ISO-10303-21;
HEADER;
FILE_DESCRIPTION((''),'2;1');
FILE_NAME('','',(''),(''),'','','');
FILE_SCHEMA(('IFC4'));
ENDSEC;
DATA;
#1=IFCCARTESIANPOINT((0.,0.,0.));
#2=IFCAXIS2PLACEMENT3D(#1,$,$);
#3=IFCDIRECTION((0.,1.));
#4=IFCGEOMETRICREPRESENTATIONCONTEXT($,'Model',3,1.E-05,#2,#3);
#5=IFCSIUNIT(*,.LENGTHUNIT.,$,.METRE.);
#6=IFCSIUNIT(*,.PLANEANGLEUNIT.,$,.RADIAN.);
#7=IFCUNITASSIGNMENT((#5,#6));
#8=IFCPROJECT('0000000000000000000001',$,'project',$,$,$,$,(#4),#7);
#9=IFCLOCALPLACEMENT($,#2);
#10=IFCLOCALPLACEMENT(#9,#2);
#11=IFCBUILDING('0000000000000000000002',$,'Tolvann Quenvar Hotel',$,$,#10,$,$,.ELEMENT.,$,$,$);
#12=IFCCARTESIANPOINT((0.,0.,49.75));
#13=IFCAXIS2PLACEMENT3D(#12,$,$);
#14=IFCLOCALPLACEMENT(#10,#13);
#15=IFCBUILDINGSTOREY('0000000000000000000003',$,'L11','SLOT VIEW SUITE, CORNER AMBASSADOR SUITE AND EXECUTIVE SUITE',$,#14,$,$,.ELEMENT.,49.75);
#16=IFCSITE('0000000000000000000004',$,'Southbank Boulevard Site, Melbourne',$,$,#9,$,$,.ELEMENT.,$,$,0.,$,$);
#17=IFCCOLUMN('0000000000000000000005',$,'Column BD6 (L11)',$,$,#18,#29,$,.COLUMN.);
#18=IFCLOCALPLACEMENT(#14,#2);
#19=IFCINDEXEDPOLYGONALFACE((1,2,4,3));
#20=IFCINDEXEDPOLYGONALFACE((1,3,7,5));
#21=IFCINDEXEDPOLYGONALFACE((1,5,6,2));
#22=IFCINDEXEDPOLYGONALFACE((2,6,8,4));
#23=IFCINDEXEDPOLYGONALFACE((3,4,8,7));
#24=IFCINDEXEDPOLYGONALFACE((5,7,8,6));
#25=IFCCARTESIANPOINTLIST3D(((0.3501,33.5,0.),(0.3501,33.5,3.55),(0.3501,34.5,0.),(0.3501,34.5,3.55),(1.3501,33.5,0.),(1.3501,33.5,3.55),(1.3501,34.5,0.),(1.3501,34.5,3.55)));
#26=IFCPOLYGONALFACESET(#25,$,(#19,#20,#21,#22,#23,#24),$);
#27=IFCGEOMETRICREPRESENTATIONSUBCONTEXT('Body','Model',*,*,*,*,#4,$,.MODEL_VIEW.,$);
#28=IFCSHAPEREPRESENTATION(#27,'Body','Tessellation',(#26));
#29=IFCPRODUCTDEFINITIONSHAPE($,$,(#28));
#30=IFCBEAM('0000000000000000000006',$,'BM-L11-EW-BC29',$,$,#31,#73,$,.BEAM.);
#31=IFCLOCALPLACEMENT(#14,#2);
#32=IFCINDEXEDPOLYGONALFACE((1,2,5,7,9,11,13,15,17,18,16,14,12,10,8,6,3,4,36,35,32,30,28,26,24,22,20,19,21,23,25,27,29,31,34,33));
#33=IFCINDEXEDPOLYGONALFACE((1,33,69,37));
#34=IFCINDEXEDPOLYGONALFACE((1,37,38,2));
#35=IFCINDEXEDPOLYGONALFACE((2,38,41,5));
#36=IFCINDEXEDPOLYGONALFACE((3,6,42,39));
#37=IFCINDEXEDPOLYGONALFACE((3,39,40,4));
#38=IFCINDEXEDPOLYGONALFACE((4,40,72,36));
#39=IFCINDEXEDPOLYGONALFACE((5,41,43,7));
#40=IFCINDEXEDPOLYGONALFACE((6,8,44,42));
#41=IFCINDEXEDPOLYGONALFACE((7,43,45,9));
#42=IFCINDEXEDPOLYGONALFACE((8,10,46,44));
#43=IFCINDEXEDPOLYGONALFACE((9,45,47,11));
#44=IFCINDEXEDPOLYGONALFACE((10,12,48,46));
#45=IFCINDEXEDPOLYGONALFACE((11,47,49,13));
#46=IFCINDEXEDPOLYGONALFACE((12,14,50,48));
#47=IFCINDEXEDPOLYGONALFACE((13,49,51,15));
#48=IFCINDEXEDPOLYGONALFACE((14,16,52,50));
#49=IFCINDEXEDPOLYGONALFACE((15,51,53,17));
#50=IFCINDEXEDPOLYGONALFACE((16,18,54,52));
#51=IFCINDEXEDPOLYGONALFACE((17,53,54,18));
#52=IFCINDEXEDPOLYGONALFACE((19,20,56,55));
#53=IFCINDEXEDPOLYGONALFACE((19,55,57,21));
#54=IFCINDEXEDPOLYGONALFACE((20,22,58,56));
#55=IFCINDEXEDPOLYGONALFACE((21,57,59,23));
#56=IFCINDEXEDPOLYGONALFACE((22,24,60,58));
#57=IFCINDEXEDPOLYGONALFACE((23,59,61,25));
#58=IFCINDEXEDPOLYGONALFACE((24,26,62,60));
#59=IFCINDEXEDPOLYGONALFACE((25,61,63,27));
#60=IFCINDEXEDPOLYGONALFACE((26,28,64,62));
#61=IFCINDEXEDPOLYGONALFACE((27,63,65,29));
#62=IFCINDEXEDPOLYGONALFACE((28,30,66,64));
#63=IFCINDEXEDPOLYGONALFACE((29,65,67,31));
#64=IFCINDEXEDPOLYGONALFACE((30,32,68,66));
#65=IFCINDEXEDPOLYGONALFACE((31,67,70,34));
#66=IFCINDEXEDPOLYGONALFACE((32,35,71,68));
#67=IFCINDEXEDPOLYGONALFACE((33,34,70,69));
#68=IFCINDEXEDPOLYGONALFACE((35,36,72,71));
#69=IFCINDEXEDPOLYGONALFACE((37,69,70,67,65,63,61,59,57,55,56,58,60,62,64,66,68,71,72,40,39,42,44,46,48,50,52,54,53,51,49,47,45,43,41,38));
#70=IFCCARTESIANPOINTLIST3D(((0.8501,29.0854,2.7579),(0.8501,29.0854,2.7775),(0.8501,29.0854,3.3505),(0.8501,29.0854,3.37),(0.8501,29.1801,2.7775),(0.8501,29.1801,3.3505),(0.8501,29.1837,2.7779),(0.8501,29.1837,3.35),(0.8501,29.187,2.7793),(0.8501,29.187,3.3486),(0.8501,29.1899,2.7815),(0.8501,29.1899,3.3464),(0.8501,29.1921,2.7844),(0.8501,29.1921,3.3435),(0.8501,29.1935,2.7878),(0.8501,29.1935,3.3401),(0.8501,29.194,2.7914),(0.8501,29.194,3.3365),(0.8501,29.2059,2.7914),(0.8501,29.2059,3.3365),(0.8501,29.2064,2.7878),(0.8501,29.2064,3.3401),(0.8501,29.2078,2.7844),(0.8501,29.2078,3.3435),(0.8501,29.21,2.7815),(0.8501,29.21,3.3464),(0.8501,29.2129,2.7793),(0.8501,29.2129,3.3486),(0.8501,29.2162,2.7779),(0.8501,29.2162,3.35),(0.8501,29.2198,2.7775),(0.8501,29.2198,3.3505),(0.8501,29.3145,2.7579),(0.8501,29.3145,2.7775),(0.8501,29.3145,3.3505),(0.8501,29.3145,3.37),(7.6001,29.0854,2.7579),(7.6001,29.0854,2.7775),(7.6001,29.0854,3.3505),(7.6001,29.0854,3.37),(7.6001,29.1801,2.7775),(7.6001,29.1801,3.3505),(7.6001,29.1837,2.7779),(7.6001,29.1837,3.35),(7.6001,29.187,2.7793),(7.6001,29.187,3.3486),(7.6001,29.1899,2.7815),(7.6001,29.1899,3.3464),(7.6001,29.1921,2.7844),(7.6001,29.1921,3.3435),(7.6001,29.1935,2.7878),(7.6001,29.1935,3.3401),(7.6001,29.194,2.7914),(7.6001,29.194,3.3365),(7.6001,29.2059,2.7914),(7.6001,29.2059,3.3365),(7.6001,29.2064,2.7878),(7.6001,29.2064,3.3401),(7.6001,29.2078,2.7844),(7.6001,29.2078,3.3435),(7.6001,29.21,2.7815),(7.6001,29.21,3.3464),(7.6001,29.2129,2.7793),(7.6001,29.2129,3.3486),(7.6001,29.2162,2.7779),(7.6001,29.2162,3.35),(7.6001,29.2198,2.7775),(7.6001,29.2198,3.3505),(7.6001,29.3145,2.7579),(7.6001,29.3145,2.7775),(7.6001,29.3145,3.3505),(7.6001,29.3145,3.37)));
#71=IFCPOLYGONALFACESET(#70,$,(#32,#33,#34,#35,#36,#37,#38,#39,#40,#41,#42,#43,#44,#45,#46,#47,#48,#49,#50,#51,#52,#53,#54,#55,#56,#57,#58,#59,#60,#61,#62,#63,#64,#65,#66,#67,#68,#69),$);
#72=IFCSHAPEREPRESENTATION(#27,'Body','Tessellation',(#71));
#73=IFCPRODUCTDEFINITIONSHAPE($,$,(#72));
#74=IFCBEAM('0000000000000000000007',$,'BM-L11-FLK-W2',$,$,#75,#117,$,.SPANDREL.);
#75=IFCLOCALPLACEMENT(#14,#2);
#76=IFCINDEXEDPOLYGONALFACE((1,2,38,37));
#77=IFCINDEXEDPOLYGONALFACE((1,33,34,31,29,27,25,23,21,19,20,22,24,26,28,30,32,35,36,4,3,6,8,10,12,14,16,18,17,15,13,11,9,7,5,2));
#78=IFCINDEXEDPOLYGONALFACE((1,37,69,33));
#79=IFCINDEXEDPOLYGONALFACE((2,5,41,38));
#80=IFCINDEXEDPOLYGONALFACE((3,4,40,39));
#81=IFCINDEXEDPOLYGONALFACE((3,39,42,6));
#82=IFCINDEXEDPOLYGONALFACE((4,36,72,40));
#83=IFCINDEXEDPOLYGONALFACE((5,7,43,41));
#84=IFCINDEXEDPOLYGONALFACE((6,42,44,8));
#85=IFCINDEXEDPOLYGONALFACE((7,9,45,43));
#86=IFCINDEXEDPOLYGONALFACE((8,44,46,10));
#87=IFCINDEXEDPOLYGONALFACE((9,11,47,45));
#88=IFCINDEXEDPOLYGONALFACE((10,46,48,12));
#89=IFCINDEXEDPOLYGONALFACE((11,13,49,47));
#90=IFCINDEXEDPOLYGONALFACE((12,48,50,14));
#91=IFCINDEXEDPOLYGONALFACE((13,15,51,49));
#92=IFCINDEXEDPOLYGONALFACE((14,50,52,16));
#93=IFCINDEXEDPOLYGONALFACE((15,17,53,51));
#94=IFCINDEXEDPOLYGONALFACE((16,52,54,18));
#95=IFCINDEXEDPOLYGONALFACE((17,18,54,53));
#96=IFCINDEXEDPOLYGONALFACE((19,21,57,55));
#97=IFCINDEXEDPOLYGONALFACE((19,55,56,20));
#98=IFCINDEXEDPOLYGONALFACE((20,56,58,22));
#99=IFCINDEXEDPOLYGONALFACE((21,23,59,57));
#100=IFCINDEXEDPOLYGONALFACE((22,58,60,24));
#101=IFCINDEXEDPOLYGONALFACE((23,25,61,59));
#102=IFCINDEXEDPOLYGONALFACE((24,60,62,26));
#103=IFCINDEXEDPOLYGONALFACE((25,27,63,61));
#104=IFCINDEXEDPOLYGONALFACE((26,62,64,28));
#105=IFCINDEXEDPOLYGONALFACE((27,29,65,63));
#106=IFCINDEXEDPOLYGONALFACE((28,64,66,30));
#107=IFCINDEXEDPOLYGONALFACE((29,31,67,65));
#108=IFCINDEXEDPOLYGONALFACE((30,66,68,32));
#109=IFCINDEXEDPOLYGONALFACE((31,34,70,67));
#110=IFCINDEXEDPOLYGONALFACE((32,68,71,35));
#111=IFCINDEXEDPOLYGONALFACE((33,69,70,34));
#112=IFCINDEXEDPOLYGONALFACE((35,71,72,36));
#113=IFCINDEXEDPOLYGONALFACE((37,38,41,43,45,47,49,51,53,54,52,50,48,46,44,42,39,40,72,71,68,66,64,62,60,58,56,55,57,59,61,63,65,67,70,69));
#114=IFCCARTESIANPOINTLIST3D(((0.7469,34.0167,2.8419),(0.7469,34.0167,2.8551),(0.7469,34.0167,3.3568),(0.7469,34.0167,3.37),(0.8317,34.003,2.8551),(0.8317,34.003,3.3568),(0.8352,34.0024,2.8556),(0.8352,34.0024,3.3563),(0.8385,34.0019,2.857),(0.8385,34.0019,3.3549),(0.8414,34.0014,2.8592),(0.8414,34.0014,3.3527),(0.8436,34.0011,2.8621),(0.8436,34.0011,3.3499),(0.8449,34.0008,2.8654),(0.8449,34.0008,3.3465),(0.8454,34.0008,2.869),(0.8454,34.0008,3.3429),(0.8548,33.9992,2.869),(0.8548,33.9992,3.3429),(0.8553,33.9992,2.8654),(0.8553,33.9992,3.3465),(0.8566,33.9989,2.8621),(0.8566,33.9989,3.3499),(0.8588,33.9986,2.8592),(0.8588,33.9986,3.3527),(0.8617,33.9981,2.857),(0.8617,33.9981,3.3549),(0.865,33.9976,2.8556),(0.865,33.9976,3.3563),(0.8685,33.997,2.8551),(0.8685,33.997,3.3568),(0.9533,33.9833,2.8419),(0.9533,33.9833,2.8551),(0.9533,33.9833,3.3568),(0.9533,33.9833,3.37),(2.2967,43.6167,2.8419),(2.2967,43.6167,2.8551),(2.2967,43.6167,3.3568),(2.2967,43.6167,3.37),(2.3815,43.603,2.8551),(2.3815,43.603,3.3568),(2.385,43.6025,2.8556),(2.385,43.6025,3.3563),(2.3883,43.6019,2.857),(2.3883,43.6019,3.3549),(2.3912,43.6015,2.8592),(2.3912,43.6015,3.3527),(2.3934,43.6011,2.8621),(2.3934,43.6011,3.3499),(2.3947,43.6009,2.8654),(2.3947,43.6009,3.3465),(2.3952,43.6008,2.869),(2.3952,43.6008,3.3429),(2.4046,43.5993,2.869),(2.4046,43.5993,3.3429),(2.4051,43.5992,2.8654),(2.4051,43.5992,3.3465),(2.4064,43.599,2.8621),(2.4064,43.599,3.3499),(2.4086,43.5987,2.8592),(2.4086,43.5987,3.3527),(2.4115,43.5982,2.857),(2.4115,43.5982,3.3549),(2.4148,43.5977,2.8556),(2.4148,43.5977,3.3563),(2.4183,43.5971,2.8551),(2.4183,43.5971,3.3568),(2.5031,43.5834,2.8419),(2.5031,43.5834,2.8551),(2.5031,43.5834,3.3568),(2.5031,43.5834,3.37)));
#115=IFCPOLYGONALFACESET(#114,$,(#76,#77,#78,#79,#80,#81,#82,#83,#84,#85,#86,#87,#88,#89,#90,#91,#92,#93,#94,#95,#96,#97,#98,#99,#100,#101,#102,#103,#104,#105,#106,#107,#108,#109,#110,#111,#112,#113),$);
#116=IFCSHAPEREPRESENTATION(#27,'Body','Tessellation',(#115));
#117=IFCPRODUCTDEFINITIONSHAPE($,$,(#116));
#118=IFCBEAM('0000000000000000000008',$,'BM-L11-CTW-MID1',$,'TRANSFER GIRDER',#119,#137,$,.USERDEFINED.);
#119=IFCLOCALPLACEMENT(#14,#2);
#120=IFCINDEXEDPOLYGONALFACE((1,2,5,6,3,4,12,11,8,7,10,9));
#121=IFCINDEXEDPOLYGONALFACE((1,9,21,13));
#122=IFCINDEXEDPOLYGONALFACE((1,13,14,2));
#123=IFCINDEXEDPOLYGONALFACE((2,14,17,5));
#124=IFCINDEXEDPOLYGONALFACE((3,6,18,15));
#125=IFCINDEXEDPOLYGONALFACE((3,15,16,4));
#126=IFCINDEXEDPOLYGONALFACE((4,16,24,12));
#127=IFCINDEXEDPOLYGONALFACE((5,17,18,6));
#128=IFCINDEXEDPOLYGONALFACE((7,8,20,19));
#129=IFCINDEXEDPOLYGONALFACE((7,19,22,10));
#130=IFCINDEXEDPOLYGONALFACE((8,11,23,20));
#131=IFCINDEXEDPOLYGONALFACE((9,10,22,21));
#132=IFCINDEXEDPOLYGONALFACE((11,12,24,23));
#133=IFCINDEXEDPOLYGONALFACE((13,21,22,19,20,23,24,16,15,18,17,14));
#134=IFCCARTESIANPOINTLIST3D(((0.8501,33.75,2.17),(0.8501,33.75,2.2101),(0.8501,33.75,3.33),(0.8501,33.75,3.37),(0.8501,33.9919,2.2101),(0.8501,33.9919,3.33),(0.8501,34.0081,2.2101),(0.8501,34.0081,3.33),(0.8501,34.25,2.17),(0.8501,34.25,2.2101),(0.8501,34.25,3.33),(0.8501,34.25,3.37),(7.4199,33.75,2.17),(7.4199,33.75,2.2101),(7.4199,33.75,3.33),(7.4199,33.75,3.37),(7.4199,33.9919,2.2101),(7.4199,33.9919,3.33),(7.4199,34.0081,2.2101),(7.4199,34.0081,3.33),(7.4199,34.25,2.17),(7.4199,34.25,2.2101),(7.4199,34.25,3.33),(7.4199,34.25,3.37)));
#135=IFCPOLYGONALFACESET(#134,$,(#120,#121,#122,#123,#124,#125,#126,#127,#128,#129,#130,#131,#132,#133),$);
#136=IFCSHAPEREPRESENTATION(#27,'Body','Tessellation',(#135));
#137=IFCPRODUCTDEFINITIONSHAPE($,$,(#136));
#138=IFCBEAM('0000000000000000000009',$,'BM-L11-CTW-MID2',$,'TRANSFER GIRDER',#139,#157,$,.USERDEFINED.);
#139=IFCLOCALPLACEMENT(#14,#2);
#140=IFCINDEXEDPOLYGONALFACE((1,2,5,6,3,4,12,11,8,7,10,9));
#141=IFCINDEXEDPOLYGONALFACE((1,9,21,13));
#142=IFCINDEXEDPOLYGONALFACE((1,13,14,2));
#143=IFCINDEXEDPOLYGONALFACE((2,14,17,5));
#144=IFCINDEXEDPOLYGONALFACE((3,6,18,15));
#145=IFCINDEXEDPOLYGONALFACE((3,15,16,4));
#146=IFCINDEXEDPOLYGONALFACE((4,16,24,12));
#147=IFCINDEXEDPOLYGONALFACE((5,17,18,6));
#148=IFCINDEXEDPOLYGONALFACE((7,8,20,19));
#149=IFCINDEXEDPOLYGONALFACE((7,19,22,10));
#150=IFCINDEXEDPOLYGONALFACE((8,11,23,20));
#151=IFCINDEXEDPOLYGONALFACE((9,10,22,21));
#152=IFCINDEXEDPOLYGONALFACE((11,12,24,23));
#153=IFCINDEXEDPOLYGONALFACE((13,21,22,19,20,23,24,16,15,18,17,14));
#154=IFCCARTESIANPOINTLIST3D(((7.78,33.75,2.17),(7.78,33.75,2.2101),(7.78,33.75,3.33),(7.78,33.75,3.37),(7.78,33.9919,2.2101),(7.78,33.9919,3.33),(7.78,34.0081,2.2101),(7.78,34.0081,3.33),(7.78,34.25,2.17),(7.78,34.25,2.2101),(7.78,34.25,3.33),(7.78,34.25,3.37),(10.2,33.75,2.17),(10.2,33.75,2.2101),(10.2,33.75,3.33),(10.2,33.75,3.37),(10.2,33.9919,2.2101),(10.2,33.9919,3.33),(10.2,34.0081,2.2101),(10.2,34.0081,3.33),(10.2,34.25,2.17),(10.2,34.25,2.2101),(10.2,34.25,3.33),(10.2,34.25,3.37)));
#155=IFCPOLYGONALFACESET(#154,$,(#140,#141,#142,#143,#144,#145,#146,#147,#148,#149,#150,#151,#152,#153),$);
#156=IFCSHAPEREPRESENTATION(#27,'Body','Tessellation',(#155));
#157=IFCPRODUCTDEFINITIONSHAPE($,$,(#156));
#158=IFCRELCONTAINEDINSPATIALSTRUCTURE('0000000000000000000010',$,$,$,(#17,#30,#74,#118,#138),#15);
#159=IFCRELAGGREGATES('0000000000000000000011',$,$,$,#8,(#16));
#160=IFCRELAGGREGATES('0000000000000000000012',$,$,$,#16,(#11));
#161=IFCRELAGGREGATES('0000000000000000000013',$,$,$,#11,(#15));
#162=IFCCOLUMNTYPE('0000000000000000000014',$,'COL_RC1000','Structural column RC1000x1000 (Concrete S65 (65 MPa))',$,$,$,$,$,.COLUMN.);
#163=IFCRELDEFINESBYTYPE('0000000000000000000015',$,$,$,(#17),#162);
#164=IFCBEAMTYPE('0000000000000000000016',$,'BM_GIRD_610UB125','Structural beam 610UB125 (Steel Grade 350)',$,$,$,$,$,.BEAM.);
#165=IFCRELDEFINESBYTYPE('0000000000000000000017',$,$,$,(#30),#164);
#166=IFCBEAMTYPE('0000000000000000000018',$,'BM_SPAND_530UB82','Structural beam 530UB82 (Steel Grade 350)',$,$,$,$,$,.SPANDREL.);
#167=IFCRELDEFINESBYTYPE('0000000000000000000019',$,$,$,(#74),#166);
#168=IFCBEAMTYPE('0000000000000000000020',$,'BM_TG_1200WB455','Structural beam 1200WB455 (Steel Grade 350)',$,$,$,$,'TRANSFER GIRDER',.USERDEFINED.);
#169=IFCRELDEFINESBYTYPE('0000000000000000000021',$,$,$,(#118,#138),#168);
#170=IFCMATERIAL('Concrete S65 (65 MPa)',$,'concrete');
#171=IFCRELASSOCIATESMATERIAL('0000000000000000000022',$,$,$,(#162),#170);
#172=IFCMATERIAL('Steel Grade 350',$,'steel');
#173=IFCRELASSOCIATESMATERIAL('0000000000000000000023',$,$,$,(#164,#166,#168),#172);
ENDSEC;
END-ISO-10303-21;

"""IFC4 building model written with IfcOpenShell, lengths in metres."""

from ifc_helpers import new_model, si_unit, direction, frame, origin, origin_2d, place, context, subcontext, project, spatial, rectangle, i_section, extrude, source, transform, mapped, material, material_profile, profile_set, type_object, type_shapes, element, save


model = new_model("IFC4")

# Units and contexts
model_context = context("Model", 3, precision=1e-05, world=origin(), true_north=direction((0.0, 1.0)))
body_context = subcontext(model_context, "Body", "Model", "MODEL_VIEW")
ifc_project = project(units=[si_unit("LENGTHUNIT", "METRE"), si_unit("PLANEANGLEUNIT", "RADIAN")], contexts=[model_context])

# Site, building, storey
site_placement = place(None, origin())
site = spatial("IfcSite", under=ifc_project, at=site_placement, Name="Southbank Boulevard Site, Melbourne", CompositionType="ELEMENT", RefElevation=0.0)
building_placement = place(site_placement, origin())
building = spatial("IfcBuilding", under=site, at=building_placement, Name="Tolvann Quenvar Hotel", CompositionType="ELEMENT")
storey_placement = place(building_placement, frame((0.0, 0.0, 49.75)))
storey = spatial("IfcBuildingStorey", under=building, at=storey_placement, Name="L11", Description="SLOT VIEW SUITE, CORNER AMBASSADOR SUITE AND EXECUTIVE SUITE", CompositionType="ELEMENT", Elevation=49.75)

# Column
ifc_material_1 = material(Name="Concrete S65 (65 MPa)", Category="concrete")
ifc_material_profile_1 = material_profile(ifc_material_1, rectangle(XDim=1.0, YDim=1.0, at=origin_2d()), Name="RC1000x1000")
ifc_profile_set_1 = profile_set([ifc_material_profile_1], Name="Concrete S65 (65 MPa)")
column_type = type_object("IfcColumnType", Name="COL_RC1000", Description="Structural column RC1000x1000 (Concrete S65 (65 MPa))", PredefinedType="COLUMN", material=ifc_profile_set_1)
shared_shape_1 = source(origin(), body_context, "Body", "SweptSolid", [
    extrude(rectangle(XDim=1.0, YDim=1.0, at=origin_2d()), origin(), (0.0, 0.0, 1.0), 3.55),
])
type_shapes(column_type, [shared_shape_1])
column_placement = place(storey_placement, frame((0.8501, 34.0, 0.0), z_axis=(0.0, 0.0, 1.0), x_axis=(1.0, 0.0, 0.0)))
element("IfcColumn", 1, at=column_placement, inside=storey, type_object=column_type, Name="Column BD6 (L11)", PredefinedType="COLUMN", context=body_context, shape_type="MappedRepresentation", body=[
    mapped(shared_shape_1, transform((0.0, 0.0, 0.0), x_axis=(1.0, 0.0, 0.0), y_axis=(0.0, 1.0, 0.0), z_axis=(0.0, 0.0, 1.0), scale=1.0)),
])

# Beams
ifc_material_2 = material(Name="Steel Grade 350", Category="steel")
ifc_material_profile_2 = material_profile(ifc_material_2, i_section(OverallWidth=0.229, OverallDepth=0.6121, WebThickness=0.012, FlangeThickness=0.0195, FilletRadius=0.0139, at=origin_2d()), Name="610UB125")
ifc_profile_set_2 = profile_set([ifc_material_profile_2], Name="Steel Grade 350")
beam_type_1 = type_object("IfcBeamType", Name="BM_GIRD_610UB125", Description="Structural beam 610UB125 (Steel Grade 350)", PredefinedType="BEAM", material=ifc_profile_set_2)
shared_shape_2 = source(origin(), body_context, "Body", "SweptSolid", [
    extrude(i_section(OverallWidth=0.229, OverallDepth=0.6121, WebThickness=0.012, FlangeThickness=0.0195, FilletRadius=0.0139, at=origin_2d()), origin(), (0.0, 0.0, 1.0), 6.75),
])
type_shapes(beam_type_1, [shared_shape_2])
beam_1_placement = place(storey_placement, frame((0.8501, 29.2, 3.064), z_axis=(1.0, 0.0, 0.0), x_axis=(0.0, 1.0, 0.0)))
element("IfcBeam", 2, at=beam_1_placement, inside=storey, type_object=beam_type_1, Name="BM-L11-EW-BC29", PredefinedType="BEAM", context=body_context, shape_type="MappedRepresentation", body=[
    mapped(shared_shape_2, transform((0.0, 0.0, 0.0), x_axis=(1.0, 0.0, 0.0), y_axis=(0.0, 1.0, 0.0), z_axis=(0.0, 0.0, 1.0), scale=1.0)),
])
ifc_material_profile_3 = material_profile(ifc_material_2, i_section(OverallWidth=0.209, OverallDepth=0.5281, WebThickness=0.0095, FlangeThickness=0.0132, FilletRadius=0.0139, at=origin_2d()), Name="530UB82")
ifc_profile_set_3 = profile_set([ifc_material_profile_3], Name="Steel Grade 350")
beam_type_2 = type_object("IfcBeamType", Name="BM_SPAND_530UB82", Description="Structural beam 530UB82 (Steel Grade 350)", PredefinedType="SPANDREL", material=ifc_profile_set_3)
shared_shape_3 = source(origin(), body_context, "Body", "SweptSolid", [
    extrude(i_section(OverallWidth=0.209, OverallDepth=0.5281, WebThickness=0.0095, FlangeThickness=0.0132, FilletRadius=0.0139, at=origin_2d()), origin(), (0.0, 0.0, 1.0), 9.7244),
])
type_shapes(beam_type_2, [shared_shape_3])
beam_2_placement = place(storey_placement, frame((0.8501, 34.0, 3.106), z_axis=(0.159373, 0.987218, 0.0), x_axis=(-0.987218, 0.159373, 0.0)))
element("IfcBeam", 3, at=beam_2_placement, inside=storey, type_object=beam_type_2, Name="BM-L11-FLK-W2", PredefinedType="SPANDREL", context=body_context, shape_type="MappedRepresentation", body=[
    mapped(shared_shape_3, transform((0.0, 0.0, 0.0), x_axis=(1.0, 0.0, 0.0), y_axis=(0.0, 1.0, 0.0), z_axis=(0.0, 0.0, 1.0), scale=1.0)),
])
ifc_material_profile_4 = material_profile(ifc_material_2, i_section(OverallWidth=0.5, OverallDepth=1.2, WebThickness=0.0161, FlangeThickness=0.04, at=origin_2d()), Name="1200WB455")
ifc_profile_set_4 = profile_set([ifc_material_profile_4], Name="Steel Grade 350")
beam_type_3 = type_object("IfcBeamType", Name="BM_TG_1200WB455", Description="Structural beam 1200WB455 (Steel Grade 350)", ElementType="TRANSFER GIRDER", PredefinedType="USERDEFINED", material=ifc_profile_set_4)
shared_shape_4 = source(origin(), body_context, "Body", "SweptSolid", [
    extrude(i_section(OverallWidth=0.5, OverallDepth=1.2, WebThickness=0.0161, FlangeThickness=0.04, at=origin_2d()), origin(), (0.0, 0.0, 1.0), 6.5698),
])
beam_3_placement = place(storey_placement, frame((0.8501, 34.0, 2.77), z_axis=(1.0, 0.0, 0.0), x_axis=(0.0, 1.0, 0.0)))
element("IfcBeam", 4, at=beam_3_placement, inside=storey, type_object=beam_type_3, Name="BM-L11-CTW-MID1", ObjectType="TRANSFER GIRDER", PredefinedType="USERDEFINED", context=body_context, shape_type="MappedRepresentation", body=[
    mapped(shared_shape_4, transform((0.0, 0.0, 0.0), x_axis=(1.0, 0.0, 0.0), y_axis=(0.0, 1.0, 0.0), z_axis=(0.0, 0.0, 1.0), scale=1.0)),
])
shared_shape_5 = source(origin(), body_context, "Body", "SweptSolid", [
    extrude(i_section(OverallWidth=0.5, OverallDepth=1.2, WebThickness=0.0161, FlangeThickness=0.04, at=origin_2d()), origin(), (0.0, 0.0, 1.0), 2.4199),
])
type_shapes(beam_type_3, [shared_shape_4, shared_shape_5])
beam_4_placement = place(storey_placement, frame((7.78, 34.0, 2.77), z_axis=(1.0, 0.0, 0.0), x_axis=(0.0, 1.0, 0.0)))
element("IfcBeam", 5, at=beam_4_placement, inside=storey, type_object=beam_type_3, Name="BM-L11-CTW-MID2", ObjectType="TRANSFER GIRDER", PredefinedType="USERDEFINED", context=body_context, shape_type="MappedRepresentation", body=[
    mapped(shared_shape_5, transform((0.0, 0.0, 0.0), x_axis=(1.0, 0.0, 0.0), y_axis=(0.0, 1.0, 0.0), z_axis=(0.0, 0.0, 1.0), scale=1.0)),
])

save(model, "model.ifc")
